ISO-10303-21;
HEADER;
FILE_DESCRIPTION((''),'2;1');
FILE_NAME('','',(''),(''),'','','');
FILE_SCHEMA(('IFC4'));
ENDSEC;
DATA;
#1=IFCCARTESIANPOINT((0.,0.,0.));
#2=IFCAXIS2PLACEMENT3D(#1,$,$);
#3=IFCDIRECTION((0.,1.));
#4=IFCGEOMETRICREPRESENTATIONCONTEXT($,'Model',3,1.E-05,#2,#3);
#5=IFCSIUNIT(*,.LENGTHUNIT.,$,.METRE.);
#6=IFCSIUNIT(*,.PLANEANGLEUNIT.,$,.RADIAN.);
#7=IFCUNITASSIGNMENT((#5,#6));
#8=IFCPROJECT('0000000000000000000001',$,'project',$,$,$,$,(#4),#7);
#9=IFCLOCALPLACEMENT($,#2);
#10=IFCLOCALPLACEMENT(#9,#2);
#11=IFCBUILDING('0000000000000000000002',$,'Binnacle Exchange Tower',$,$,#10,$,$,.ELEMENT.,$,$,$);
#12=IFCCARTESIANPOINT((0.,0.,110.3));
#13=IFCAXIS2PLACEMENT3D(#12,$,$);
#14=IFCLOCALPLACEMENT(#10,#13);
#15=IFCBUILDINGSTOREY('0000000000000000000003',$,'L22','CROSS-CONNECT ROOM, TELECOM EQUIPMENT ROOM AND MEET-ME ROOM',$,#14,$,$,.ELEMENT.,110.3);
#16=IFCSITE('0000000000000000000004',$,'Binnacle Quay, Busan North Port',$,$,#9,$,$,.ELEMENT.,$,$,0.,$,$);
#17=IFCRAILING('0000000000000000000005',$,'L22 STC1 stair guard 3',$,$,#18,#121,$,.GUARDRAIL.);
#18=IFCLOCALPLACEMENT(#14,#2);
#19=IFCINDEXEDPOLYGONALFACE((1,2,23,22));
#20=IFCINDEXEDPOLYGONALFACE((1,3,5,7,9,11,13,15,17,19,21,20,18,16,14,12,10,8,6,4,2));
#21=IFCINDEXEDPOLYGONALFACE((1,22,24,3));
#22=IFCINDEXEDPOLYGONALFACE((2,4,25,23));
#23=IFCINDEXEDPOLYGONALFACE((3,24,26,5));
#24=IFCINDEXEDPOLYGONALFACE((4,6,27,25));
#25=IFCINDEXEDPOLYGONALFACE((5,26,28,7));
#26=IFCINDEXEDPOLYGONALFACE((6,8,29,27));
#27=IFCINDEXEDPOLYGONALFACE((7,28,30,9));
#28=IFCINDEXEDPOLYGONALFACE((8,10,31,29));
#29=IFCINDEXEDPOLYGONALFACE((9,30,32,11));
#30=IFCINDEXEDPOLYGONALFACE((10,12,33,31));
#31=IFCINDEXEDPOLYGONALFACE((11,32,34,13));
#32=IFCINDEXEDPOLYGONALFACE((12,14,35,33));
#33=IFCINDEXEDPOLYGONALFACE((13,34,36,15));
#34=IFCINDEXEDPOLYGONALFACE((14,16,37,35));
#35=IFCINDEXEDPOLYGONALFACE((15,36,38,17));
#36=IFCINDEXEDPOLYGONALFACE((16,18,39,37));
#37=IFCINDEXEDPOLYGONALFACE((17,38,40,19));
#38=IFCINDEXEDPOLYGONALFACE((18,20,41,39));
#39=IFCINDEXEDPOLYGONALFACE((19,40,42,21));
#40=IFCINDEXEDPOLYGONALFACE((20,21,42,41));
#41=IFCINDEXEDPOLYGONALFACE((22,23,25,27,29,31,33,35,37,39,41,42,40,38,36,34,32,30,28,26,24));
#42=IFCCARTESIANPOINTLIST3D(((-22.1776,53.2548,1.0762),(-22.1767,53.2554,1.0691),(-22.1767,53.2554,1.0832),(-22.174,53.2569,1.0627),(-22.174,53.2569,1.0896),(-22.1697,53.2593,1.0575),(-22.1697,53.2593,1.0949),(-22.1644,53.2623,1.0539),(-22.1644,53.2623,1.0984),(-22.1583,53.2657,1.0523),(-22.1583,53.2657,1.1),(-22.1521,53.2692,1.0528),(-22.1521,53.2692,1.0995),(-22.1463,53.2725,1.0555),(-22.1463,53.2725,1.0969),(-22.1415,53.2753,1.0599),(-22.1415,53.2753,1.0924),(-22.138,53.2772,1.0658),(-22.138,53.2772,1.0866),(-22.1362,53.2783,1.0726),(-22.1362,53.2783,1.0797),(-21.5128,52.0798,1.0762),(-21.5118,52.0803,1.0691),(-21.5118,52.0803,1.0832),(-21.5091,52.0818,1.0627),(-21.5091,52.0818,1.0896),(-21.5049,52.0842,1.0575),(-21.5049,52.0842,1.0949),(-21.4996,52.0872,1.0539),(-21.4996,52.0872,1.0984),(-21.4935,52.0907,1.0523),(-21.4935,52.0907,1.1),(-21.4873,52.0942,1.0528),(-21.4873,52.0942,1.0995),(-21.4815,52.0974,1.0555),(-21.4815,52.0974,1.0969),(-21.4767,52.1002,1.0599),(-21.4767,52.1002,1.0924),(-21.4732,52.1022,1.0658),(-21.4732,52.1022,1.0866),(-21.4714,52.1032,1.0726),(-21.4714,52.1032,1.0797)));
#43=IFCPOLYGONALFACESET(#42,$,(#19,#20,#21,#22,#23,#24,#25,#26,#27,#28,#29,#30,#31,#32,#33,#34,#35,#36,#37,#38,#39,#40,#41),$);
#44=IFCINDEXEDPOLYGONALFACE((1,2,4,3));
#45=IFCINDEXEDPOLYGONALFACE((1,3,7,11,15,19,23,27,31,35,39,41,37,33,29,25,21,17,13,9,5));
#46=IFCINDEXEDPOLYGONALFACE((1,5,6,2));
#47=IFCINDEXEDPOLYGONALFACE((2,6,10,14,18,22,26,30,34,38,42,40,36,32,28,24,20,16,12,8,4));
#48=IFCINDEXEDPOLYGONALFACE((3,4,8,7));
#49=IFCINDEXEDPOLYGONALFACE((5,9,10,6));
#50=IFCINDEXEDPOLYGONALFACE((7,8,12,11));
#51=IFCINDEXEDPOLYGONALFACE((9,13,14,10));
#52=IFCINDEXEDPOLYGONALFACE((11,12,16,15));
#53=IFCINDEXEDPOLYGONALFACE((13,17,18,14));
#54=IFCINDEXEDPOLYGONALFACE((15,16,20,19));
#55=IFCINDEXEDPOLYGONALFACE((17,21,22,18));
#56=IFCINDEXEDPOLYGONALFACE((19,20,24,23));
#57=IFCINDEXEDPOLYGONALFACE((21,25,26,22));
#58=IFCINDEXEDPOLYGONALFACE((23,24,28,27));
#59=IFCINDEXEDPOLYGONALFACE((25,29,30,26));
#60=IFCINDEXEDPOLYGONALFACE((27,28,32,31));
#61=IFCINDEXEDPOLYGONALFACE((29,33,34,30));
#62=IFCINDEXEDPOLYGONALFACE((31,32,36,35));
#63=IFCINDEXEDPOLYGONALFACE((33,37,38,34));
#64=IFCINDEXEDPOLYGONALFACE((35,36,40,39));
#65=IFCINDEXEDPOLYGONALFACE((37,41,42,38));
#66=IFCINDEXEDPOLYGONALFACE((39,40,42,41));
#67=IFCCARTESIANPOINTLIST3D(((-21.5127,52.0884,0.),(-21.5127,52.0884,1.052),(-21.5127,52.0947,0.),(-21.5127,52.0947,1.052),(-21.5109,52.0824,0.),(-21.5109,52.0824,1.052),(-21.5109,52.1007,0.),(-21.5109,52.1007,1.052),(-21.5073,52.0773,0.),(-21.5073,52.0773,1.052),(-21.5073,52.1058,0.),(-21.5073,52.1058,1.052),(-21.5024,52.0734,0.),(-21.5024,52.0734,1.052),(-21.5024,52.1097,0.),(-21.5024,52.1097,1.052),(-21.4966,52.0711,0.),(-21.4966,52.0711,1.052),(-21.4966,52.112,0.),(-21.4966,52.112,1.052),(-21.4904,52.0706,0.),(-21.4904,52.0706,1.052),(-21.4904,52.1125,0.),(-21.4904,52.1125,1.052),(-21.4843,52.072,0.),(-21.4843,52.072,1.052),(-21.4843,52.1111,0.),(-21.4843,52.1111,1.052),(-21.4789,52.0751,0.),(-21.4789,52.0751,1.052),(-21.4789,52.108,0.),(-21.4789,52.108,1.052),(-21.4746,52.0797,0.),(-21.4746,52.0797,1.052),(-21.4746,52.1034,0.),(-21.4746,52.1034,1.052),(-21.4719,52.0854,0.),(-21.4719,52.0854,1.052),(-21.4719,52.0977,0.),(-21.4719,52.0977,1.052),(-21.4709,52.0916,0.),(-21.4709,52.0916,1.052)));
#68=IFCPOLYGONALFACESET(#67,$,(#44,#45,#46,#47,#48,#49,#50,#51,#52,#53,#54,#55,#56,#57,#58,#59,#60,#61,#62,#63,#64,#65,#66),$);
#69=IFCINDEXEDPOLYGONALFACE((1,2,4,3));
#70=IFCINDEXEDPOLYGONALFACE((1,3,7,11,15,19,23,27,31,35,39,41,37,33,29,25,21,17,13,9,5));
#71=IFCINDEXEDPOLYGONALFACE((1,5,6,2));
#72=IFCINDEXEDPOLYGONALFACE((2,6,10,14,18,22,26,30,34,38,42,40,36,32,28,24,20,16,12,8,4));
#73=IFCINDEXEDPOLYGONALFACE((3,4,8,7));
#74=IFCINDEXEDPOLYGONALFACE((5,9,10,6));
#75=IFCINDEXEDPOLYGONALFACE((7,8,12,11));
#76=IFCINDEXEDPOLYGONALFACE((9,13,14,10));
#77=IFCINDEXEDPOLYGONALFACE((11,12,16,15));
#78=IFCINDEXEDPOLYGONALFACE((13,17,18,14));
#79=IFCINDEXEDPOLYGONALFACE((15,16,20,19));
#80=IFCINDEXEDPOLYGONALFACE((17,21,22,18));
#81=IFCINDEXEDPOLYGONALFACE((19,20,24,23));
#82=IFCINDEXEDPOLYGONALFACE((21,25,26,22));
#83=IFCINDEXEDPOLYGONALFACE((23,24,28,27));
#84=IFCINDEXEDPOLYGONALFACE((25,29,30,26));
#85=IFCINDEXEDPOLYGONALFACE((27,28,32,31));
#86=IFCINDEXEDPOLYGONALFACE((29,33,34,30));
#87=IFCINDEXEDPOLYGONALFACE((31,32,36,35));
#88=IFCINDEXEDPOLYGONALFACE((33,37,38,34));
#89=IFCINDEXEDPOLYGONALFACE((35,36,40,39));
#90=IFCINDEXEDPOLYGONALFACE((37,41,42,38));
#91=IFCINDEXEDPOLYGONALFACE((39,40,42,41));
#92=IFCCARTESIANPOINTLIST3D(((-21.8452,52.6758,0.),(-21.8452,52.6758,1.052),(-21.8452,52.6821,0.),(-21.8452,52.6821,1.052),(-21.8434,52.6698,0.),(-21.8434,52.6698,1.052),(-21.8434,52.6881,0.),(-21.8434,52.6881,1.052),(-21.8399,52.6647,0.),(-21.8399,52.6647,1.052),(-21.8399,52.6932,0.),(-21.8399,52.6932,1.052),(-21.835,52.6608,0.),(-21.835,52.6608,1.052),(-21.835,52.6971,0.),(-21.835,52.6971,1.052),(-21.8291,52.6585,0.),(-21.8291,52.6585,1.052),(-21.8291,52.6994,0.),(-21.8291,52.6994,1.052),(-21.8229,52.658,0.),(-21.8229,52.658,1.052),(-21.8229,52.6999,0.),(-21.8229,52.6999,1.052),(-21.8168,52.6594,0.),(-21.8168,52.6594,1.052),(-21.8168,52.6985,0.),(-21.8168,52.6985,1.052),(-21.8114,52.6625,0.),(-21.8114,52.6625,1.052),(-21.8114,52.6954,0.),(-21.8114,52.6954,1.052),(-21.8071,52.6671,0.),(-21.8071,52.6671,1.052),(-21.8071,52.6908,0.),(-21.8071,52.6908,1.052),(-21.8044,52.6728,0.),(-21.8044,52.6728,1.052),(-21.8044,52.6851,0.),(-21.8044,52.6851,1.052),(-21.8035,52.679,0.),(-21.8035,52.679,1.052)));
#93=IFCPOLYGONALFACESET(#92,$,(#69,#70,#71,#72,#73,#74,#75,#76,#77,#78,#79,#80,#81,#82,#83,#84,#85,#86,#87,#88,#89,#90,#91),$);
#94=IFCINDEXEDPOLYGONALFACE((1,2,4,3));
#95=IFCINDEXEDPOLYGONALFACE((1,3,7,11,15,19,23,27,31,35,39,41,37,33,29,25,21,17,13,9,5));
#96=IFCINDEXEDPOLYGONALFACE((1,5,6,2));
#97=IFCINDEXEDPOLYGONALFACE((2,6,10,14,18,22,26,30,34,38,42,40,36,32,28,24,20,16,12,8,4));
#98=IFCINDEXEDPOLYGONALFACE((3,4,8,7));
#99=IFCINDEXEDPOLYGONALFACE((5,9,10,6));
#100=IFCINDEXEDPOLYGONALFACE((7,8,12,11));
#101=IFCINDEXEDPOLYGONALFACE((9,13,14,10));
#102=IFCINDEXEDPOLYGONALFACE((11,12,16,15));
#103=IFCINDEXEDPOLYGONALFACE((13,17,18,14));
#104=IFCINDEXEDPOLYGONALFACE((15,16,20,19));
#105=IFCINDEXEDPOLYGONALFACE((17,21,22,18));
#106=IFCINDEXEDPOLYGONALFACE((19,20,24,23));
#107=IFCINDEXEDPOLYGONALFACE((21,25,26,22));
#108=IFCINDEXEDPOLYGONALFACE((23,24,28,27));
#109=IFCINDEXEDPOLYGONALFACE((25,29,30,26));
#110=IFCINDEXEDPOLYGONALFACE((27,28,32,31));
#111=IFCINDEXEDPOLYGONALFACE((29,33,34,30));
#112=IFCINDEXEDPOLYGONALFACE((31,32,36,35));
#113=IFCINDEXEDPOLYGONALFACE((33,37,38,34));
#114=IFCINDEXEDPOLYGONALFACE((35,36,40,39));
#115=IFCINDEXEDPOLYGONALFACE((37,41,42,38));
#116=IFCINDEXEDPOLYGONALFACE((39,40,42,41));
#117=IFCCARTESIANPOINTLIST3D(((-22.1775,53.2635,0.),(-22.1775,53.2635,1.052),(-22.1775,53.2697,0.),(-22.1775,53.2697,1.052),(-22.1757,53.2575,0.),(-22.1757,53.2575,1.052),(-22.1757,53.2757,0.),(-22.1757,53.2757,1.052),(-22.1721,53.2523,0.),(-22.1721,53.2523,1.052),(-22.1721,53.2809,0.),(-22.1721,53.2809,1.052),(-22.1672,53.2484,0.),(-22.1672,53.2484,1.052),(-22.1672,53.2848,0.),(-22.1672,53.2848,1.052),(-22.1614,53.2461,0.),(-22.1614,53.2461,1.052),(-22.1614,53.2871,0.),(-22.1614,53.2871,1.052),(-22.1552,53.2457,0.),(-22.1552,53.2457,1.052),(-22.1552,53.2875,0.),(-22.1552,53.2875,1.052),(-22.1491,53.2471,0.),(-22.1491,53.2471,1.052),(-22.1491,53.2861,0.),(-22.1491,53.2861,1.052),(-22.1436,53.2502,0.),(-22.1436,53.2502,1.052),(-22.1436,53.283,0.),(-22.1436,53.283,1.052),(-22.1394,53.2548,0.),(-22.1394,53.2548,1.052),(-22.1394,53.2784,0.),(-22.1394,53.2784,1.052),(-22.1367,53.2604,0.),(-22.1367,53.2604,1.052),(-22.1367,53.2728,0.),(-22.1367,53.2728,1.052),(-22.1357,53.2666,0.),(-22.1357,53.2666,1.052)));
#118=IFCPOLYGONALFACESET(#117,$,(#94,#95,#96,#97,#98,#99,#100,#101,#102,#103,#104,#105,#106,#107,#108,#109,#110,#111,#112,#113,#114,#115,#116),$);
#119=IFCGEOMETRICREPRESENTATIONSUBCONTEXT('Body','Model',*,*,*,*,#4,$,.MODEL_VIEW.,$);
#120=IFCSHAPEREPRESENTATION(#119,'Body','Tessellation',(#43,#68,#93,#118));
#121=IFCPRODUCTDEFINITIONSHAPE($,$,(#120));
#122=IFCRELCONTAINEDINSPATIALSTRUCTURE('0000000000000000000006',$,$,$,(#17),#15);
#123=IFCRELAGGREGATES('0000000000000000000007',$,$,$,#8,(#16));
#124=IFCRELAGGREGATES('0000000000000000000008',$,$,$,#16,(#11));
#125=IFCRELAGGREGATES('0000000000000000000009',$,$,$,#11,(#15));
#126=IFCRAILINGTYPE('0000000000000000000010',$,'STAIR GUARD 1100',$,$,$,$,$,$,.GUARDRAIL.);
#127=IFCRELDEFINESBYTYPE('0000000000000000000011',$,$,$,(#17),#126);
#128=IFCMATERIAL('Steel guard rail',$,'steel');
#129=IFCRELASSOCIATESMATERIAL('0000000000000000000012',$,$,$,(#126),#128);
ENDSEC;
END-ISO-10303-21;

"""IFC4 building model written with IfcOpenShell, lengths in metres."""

from ifc_helpers import new_model, si_unit, direction, frame, origin, origin_2d, place, context, subcontext, project, spatial, circle, extrude, material, type_object, element, save


model = new_model("IFC4")

# Units and contexts
model_context = context("Model", 3, precision=1e-05, world=origin(), true_north=direction((0.0, 1.0)))
body_context = subcontext(model_context, "Body", "Model", "MODEL_VIEW")
ifc_project = project(units=[si_unit("LENGTHUNIT", "METRE"), si_unit("PLANEANGLEUNIT", "RADIAN")], contexts=[model_context])

# Site, building, storey
site_placement = place(None, origin())
site = spatial("IfcSite", under=ifc_project, at=site_placement, Name="Binnacle Quay, Busan North Port", CompositionType="ELEMENT", RefElevation=0.0)
building_placement = place(site_placement, origin())
building = spatial("IfcBuilding", under=site, at=building_placement, Name="Binnacle Exchange Tower", CompositionType="ELEMENT")
storey_placement = place(building_placement, frame((0.0, 0.0, 110.3)))
storey = spatial("IfcBuildingStorey", under=building, at=storey_placement, Name="L22", Description="CROSS-CONNECT ROOM, TELECOM EQUIPMENT ROOM AND MEET-ME ROOM", CompositionType="ELEMENT", Elevation=110.3)

# Railing
ifc_material_1 = material(Name="Steel guard rail", Category="steel")
railing_type_1 = type_object("IfcRailingType", Name="STAIR GUARD 1100", PredefinedType="GUARDRAIL", material=ifc_material_1)
railing_1_placement = place(storey_placement, frame((-21.4919, 52.0916, 0.0)))
element("IfcRailing", 1, at=railing_1_placement, inside=storey, type_object=railing_type_1, Name="L22 STC1 stair guard 3", PredefinedType="GUARDRAIL", context=body_context, shape_type="SweptSolid", body=[
    extrude(circle(Radius=0.0239, at=origin_2d()), frame((0.0, 0.0, 1.0762), z_axis=(-0.492415, 0.870361, 0.0), x_axis=(-0.870361, -0.492415, 0.0)), (0.0, 0.0, 1.0), 1.3501),
    extrude(circle(Radius=0.021, at=origin_2d()), origin(), (0.0, 0.0, 1.0), 1.052),
    extrude(circle(Radius=0.021, at=origin_2d()), frame((-0.3325, 0.5874, 0.0)), (0.0, 0.0, 1.0), 1.052),
    extrude(circle(Radius=0.021, at=origin_2d()), frame((-0.6648, 1.175, 0.0)), (0.0, 0.0, 1.0), 1.052),
])

save(model, "model.ifc")
